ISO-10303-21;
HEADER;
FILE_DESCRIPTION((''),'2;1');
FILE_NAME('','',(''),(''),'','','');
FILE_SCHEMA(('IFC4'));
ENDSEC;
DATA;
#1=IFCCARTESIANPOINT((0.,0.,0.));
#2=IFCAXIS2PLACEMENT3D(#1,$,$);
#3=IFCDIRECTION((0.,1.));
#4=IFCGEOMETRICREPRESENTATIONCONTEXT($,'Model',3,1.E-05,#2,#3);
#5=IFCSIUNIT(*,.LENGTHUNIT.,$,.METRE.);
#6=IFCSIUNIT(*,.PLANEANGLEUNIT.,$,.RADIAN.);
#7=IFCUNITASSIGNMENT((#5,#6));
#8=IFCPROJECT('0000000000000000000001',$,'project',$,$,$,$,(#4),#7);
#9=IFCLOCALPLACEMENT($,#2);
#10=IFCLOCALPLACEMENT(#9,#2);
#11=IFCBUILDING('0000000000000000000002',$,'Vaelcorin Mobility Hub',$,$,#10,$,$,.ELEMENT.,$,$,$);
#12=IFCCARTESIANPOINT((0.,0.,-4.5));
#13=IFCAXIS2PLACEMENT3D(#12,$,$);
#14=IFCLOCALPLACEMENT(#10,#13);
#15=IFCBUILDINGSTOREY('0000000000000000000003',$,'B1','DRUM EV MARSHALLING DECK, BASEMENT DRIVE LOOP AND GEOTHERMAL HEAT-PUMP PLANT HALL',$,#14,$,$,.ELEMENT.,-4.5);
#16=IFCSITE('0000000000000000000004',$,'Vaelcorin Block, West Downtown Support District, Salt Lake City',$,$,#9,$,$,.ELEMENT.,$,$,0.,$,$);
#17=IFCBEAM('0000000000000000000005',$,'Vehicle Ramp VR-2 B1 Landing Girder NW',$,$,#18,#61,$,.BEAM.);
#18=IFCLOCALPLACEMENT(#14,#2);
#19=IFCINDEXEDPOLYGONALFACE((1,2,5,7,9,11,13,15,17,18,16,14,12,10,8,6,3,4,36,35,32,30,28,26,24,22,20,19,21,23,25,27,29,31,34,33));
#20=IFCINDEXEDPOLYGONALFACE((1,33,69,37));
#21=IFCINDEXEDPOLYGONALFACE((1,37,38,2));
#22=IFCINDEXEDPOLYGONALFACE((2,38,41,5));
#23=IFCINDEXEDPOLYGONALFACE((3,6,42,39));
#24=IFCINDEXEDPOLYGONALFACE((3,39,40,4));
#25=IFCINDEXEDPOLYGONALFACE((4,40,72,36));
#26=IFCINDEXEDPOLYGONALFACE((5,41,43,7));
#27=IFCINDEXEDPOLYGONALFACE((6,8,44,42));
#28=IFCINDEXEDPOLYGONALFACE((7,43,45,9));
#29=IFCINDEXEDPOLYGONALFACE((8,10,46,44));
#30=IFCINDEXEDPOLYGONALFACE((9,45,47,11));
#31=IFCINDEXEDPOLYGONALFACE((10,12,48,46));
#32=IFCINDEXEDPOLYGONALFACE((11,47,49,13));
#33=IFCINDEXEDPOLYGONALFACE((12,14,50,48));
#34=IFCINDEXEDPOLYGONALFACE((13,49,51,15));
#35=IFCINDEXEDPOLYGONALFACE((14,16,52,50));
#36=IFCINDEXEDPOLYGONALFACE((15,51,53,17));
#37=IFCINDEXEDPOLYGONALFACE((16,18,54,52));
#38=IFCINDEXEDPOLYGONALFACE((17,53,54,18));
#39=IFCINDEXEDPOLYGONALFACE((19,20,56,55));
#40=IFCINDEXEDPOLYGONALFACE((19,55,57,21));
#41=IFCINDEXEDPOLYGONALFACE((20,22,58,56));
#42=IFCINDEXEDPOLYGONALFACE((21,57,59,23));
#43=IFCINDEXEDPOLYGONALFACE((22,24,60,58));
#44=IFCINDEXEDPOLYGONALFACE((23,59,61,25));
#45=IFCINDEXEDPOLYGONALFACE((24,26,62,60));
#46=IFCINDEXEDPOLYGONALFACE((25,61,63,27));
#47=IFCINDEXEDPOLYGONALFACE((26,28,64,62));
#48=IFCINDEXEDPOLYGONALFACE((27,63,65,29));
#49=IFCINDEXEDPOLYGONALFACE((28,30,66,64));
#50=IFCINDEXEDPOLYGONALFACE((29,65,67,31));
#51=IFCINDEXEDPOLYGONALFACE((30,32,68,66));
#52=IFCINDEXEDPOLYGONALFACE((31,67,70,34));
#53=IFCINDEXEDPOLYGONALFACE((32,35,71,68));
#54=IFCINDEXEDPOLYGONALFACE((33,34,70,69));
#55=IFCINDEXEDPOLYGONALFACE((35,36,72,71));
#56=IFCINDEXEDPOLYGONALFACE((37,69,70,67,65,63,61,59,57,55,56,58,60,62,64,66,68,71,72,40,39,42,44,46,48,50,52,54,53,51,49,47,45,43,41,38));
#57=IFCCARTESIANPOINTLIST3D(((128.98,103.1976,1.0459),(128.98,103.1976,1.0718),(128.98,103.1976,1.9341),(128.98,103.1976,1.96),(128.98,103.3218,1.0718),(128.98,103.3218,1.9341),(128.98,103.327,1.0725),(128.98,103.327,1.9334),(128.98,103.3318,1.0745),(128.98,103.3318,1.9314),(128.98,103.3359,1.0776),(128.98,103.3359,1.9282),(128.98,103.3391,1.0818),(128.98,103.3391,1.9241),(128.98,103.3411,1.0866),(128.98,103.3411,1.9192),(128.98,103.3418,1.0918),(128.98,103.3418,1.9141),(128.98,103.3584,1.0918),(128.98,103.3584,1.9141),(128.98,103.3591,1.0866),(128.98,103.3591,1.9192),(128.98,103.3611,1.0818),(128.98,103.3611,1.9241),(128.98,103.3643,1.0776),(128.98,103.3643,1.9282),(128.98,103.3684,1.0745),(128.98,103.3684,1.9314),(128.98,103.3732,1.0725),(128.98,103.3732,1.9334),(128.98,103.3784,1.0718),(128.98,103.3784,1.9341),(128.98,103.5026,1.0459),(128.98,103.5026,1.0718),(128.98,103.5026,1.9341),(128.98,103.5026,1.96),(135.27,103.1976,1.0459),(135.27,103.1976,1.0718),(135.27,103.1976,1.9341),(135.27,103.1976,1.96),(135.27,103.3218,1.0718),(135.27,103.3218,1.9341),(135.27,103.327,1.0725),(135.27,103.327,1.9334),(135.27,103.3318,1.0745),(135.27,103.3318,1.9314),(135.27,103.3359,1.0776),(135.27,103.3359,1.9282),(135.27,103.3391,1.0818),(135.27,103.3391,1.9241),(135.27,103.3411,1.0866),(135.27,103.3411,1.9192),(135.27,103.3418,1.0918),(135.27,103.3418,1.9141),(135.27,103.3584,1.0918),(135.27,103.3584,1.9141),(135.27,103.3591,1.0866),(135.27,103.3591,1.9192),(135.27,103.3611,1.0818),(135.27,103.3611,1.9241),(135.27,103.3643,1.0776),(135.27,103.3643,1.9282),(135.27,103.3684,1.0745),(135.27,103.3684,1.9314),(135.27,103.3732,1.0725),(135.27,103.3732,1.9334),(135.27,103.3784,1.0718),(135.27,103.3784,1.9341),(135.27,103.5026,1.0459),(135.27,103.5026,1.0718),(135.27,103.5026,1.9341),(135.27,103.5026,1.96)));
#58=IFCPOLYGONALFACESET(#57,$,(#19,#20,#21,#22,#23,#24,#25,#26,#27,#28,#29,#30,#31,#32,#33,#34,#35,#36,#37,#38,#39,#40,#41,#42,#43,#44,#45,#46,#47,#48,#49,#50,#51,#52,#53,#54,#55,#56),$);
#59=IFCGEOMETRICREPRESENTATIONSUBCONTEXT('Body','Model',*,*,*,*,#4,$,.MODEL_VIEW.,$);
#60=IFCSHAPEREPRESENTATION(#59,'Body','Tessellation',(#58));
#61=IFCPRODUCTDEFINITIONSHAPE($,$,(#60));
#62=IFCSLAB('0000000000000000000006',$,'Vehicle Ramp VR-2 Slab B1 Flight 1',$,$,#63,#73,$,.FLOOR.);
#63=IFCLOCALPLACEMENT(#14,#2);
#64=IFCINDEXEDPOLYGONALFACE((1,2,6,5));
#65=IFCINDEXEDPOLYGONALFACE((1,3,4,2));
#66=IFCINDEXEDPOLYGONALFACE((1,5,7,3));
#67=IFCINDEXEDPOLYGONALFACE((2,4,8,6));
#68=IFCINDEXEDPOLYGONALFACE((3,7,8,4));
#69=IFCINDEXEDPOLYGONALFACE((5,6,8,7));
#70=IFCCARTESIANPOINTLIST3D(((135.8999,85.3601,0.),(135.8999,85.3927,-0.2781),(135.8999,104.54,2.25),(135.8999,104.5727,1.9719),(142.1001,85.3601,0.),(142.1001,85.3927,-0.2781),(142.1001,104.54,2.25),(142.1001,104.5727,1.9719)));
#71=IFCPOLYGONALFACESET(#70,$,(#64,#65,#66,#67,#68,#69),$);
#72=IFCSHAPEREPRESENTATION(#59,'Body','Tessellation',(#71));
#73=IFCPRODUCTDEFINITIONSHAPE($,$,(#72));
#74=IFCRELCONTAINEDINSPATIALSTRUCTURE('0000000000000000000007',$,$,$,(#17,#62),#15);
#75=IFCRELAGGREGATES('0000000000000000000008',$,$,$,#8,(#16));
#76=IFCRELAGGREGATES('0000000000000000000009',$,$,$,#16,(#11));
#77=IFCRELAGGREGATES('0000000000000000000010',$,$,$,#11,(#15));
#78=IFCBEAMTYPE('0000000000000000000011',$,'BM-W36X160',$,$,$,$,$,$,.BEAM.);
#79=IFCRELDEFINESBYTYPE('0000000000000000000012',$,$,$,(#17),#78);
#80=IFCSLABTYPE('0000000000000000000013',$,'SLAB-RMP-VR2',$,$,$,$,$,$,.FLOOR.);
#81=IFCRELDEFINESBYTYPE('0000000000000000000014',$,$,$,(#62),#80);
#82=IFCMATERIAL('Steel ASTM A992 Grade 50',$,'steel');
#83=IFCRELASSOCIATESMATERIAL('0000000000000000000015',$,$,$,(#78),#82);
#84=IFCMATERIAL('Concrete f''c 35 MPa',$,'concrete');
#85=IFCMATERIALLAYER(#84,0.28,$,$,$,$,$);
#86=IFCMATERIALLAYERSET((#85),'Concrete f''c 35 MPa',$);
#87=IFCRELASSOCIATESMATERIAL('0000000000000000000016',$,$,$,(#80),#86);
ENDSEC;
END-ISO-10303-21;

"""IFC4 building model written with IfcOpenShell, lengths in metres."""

from ifc_helpers import new_model, si_unit, direction, frame, origin, origin_2d, place, context, subcontext, project, spatial, polyline, i_section, outline, extrude, material, layer, layer_set, material_profile, profile_set, type_object, element, save


model = new_model("IFC4")

# Units and contexts
model_context = context("Model", 3, precision=1e-05, world=origin(), true_north=direction((0.0, 1.0)))
body_context = subcontext(model_context, "Body", "Model", "MODEL_VIEW")
ifc_project = project(units=[si_unit("LENGTHUNIT", "METRE"), si_unit("PLANEANGLEUNIT", "RADIAN")], contexts=[model_context])

# Site, building, storey
site_placement = place(None, origin())
site = spatial("IfcSite", under=ifc_project, at=site_placement, Name="Vaelcorin Block, West Downtown Support District, Salt Lake City", CompositionType="ELEMENT", RefElevation=0.0)
building_placement = place(site_placement, origin())
building = spatial("IfcBuilding", under=site, at=building_placement, Name="Vaelcorin Mobility Hub", CompositionType="ELEMENT")
storey_placement = place(building_placement, frame((0.0, 0.0, -4.5)))
storey = spatial("IfcBuildingStorey", under=building, at=storey_placement, Name="B1", Description="DRUM EV MARSHALLING DECK, BASEMENT DRIVE LOOP AND GEOTHERMAL HEAT-PUMP PLANT HALL", CompositionType="ELEMENT", Elevation=-4.5)

# Shared definitions
ifc_material_1 = material(Name="Steel ASTM A992 Grade 50", Category="steel")

# Beam
ifc_material_profile_1 = material_profile(ifc_material_1, i_section(OverallWidth=0.3049, OverallDepth=0.9141, WebThickness=0.0166, FlangeThickness=0.0259, FilletRadius=0.02, at=origin_2d()), Name="W36X160")
ifc_profile_set_1 = profile_set([ifc_material_profile_1], Name="Steel ASTM A992 Grade 50")
beam_type_1 = type_object("IfcBeamType", Name="BM-W36X160", PredefinedType="BEAM", material=ifc_profile_set_1)
beam_1_placement = place(storey_placement, frame((128.98, 103.3501, 1.5029), z_axis=(1.0, 0.0, 0.0), x_axis=(0.0, 1.0, 0.0)))
element("IfcBeam", 1, at=beam_1_placement, inside=storey, type_object=beam_type_1, Name="Vehicle Ramp VR-2 B1 Landing Girder NW", PredefinedType="BEAM", context=body_context, shape_type="SweptSolid", body=[
    extrude(i_section(OverallWidth=0.3049, OverallDepth=0.9141, WebThickness=0.0166, FlangeThickness=0.0259, FilletRadius=0.02, at=origin_2d()), origin(), (0.0, 0.0, 1.0), 6.29),
])

# Slab
ifc_material_2 = material(Name="Concrete f'c 35 MPa", Category="concrete")
ifc_layer_1 = layer(ifc_material_2, 0.28)
ifc_layer_set_1 = layer_set([ifc_layer_1], Name="Concrete f'c 35 MPa")
slab_type = type_object("IfcSlabType", Name="SLAB-RMP-VR2", PredefinedType="FLOOR", material=ifc_layer_set_1)
slab_placement = place(storey_placement, frame((135.8999, 85.3601, 0.0), z_axis=(0.0, -0.116511, 0.993189), x_axis=(1.0, 0.0, 0.0)))
element("IfcSlab", 2, at=slab_placement, inside=storey, type_object=slab_type, Name="Vehicle Ramp VR-2 Slab B1 Flight 1", PredefinedType="FLOOR", context=body_context, shape_type="SweptSolid", body=[
    extrude(outline(polyline([(0.0, 0.0), (6.2002, 0.0), (6.2002, 19.3115), (0.0, 19.3115), (0.0, 0.0)])), origin(), (0.0, 0.0, -1.0), 0.28),
])

save(model, "model.ifc")
